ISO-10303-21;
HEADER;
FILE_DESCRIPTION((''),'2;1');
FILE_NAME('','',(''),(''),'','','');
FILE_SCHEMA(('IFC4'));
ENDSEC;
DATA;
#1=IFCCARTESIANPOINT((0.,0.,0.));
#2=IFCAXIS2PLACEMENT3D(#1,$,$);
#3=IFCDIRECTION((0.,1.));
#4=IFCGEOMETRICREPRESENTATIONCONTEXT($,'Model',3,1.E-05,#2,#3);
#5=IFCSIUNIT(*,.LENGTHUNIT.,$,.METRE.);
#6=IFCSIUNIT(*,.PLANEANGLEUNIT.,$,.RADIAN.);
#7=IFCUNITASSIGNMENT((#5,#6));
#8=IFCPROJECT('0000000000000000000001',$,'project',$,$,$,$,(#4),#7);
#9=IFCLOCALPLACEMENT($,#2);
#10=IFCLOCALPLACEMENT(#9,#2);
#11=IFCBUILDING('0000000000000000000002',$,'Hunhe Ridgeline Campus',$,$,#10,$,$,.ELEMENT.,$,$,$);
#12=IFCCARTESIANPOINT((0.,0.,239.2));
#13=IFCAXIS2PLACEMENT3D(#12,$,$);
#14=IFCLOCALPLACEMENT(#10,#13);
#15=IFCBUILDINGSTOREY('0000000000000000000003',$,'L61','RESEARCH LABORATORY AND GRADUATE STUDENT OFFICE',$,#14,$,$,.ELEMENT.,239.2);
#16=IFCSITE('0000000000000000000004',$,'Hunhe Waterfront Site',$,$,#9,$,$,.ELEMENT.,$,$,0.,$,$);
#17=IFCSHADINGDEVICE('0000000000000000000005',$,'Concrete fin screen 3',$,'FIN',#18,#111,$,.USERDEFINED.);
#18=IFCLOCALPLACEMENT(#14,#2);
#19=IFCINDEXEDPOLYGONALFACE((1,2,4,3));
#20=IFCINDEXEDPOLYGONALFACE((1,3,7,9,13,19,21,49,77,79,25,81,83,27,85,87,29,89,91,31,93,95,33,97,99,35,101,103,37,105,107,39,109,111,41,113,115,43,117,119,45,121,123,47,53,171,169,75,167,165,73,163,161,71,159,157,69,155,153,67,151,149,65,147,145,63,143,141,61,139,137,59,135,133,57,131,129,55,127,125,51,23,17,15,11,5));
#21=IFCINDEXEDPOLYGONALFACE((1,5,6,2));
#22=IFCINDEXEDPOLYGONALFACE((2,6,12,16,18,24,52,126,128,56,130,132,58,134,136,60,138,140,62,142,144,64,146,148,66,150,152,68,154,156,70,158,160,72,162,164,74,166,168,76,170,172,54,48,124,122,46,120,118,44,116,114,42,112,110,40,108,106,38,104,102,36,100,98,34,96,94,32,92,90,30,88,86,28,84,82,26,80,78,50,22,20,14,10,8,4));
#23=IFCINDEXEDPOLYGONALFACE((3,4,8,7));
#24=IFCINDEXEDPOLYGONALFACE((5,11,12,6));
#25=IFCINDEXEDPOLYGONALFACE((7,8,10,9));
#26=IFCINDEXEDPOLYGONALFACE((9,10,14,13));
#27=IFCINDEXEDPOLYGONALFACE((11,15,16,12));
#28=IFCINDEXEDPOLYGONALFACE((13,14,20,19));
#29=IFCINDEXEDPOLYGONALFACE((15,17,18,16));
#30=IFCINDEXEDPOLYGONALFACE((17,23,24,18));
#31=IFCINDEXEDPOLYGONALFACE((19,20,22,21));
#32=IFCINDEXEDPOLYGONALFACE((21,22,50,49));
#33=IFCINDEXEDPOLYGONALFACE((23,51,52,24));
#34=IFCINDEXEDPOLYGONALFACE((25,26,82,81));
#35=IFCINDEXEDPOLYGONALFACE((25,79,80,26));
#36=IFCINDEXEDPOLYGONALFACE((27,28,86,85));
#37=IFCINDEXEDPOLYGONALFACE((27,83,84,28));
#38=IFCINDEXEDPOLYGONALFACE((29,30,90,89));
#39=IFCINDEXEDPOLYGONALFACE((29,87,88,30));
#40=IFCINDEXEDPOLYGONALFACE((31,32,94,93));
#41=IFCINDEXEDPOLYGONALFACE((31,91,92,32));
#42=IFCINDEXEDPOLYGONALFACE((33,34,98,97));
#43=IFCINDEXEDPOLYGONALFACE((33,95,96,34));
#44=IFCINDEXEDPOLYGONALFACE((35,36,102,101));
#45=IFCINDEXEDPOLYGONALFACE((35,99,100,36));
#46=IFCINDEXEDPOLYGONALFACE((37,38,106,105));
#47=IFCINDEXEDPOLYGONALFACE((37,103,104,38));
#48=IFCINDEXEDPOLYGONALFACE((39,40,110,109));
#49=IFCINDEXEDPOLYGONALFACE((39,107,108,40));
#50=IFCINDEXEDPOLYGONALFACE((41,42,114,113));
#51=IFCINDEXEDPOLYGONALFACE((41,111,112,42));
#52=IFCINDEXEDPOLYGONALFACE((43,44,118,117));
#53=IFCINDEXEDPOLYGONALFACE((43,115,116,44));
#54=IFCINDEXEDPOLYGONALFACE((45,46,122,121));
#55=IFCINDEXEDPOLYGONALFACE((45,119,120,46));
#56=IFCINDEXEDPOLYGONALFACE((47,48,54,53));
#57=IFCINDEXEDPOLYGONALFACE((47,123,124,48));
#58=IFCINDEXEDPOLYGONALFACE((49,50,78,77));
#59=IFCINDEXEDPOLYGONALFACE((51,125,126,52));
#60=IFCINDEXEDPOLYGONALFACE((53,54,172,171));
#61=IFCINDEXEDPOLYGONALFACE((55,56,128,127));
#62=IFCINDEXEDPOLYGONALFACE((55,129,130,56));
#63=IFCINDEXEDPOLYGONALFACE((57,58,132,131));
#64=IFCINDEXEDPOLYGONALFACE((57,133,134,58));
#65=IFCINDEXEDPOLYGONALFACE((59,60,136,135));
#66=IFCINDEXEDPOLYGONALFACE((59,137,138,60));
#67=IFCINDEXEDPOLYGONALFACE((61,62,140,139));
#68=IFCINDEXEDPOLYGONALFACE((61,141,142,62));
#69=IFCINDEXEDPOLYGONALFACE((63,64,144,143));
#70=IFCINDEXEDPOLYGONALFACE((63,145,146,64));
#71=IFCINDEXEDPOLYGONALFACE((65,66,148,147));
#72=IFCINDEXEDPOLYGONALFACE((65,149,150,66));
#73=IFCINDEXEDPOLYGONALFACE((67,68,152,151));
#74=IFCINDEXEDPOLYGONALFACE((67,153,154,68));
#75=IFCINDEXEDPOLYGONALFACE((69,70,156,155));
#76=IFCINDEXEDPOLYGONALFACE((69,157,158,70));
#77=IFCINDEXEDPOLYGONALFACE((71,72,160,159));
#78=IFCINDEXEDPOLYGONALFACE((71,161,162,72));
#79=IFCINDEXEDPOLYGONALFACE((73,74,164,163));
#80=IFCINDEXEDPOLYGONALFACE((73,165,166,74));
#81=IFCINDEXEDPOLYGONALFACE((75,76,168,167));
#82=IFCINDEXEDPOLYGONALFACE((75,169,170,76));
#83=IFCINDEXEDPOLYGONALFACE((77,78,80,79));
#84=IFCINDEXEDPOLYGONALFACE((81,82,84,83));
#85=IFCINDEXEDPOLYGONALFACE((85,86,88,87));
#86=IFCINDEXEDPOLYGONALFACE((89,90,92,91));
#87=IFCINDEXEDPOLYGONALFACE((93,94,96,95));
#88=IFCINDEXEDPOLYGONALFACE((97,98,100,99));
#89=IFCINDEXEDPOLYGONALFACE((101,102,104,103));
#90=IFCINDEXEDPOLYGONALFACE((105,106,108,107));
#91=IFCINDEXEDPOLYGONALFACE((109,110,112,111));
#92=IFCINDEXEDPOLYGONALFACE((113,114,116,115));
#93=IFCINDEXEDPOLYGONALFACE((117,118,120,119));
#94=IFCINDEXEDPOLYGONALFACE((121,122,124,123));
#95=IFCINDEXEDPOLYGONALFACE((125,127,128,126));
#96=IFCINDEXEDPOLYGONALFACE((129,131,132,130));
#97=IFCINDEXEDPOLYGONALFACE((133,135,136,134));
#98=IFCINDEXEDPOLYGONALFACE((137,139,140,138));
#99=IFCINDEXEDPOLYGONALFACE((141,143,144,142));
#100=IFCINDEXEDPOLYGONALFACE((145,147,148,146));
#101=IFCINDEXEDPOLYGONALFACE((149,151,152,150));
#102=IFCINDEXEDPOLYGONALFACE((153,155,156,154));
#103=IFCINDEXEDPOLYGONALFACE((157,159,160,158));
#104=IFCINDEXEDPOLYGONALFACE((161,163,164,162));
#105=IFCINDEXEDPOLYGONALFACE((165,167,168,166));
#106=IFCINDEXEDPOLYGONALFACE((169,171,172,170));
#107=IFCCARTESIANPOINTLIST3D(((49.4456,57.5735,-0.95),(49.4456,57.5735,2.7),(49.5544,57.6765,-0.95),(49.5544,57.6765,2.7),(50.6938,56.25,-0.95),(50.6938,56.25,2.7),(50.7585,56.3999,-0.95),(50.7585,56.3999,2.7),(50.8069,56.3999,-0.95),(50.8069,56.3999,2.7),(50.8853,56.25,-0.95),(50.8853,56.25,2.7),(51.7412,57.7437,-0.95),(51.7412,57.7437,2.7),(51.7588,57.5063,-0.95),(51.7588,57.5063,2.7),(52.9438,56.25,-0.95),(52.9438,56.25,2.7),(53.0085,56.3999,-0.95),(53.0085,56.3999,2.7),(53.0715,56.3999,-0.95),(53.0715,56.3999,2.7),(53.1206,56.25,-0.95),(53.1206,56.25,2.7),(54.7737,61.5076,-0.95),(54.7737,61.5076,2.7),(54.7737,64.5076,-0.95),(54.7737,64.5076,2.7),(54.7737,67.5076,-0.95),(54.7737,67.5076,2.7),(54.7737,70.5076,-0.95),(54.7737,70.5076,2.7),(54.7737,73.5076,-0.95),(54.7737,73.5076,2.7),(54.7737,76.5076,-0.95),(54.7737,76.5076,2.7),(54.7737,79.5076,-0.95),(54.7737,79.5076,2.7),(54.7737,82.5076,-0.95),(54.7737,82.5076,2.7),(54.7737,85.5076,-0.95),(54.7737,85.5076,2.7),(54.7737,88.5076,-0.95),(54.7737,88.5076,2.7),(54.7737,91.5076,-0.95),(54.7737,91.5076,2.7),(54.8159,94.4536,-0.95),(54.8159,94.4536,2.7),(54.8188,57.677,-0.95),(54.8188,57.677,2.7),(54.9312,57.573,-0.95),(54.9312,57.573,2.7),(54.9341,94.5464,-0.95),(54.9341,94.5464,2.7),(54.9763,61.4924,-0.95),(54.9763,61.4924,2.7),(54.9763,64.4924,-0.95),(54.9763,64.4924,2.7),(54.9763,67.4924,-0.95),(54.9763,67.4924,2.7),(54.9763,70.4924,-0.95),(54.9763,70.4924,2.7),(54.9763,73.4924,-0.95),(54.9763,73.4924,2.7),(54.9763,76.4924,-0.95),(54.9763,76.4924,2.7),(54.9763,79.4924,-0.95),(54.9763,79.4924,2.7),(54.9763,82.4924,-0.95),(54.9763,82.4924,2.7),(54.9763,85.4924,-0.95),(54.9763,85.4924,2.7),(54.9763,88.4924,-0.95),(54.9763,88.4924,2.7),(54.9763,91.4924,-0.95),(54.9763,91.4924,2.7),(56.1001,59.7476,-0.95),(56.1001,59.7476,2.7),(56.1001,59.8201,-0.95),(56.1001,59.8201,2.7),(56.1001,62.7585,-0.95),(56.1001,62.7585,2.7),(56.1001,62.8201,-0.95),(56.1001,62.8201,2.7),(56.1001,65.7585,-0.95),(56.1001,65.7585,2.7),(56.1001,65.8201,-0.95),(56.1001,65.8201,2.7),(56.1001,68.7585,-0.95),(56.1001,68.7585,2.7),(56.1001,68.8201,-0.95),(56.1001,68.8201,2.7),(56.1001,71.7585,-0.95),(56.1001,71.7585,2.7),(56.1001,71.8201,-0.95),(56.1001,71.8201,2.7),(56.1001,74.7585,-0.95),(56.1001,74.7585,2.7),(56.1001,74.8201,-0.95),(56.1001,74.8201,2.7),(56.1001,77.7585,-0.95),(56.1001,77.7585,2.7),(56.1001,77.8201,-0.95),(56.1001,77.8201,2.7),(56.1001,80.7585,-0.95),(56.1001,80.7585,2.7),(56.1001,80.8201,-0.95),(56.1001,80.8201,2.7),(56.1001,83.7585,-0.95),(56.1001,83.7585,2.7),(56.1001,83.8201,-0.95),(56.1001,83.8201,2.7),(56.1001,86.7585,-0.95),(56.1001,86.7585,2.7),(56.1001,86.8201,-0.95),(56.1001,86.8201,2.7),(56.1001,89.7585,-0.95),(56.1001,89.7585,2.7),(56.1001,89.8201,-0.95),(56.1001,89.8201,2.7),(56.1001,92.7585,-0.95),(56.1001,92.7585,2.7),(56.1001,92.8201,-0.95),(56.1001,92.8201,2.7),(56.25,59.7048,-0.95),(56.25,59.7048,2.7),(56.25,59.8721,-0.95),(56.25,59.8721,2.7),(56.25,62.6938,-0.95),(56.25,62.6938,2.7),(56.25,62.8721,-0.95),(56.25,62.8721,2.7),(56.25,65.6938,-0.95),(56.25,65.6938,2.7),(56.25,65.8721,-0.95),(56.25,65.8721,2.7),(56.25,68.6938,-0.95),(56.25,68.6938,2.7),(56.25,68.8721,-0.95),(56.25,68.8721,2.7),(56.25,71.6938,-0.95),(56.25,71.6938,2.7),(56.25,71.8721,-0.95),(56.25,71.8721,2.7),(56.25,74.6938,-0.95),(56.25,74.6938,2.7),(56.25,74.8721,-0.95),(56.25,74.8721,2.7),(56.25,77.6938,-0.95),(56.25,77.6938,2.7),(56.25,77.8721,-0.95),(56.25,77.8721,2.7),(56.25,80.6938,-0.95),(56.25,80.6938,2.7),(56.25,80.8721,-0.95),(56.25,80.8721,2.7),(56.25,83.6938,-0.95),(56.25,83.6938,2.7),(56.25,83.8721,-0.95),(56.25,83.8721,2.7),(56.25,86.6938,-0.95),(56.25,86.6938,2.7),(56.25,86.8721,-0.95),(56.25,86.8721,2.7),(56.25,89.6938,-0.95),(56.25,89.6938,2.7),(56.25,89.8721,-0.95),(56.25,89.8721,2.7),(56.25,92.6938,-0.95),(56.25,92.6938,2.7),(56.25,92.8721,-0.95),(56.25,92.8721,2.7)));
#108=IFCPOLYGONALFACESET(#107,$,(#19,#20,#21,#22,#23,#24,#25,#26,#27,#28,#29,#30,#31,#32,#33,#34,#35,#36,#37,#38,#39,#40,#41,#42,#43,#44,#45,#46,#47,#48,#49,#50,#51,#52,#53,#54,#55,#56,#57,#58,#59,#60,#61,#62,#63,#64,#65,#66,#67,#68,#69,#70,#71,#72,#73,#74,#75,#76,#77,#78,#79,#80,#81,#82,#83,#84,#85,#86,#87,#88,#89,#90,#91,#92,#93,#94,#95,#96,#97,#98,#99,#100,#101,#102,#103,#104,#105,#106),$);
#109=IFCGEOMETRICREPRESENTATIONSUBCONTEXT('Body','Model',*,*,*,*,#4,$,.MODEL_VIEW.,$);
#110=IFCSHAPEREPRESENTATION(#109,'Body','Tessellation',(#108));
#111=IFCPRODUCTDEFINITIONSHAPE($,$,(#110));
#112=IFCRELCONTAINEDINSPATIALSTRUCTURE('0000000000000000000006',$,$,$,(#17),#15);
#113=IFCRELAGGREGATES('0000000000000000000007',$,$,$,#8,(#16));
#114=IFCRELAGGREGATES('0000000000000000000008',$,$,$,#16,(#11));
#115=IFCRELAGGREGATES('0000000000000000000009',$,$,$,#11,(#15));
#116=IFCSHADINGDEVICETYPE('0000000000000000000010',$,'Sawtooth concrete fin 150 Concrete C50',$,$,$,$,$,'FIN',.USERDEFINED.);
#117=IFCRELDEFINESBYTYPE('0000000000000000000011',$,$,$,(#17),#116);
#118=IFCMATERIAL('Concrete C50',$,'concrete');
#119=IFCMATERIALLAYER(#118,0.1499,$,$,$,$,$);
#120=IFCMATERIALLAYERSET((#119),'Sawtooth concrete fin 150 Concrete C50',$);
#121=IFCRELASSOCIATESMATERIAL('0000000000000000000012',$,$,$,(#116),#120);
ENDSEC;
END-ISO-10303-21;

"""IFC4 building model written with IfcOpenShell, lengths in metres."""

from ifc_helpers import new_model, si_unit, direction, frame, origin, place, context, subcontext, project, spatial, polyline, outline, extrude, material, layer, layer_set, type_object, element, save


model = new_model("IFC4")

# Units and contexts
model_context = context("Model", 3, precision=1e-05, world=origin(), true_north=direction((0.0, 1.0)))
body_context = subcontext(model_context, "Body", "Model", "MODEL_VIEW")
ifc_project = project(units=[si_unit("LENGTHUNIT", "METRE"), si_unit("PLANEANGLEUNIT", "RADIAN")], contexts=[model_context])

# Site, building, storey
site_placement = place(None, origin())
site = spatial("IfcSite", under=ifc_project, at=site_placement, Name="Hunhe Waterfront Site", CompositionType="ELEMENT", RefElevation=0.0)
building_placement = place(site_placement, origin())
building = spatial("IfcBuilding", under=site, at=building_placement, Name="Hunhe Ridgeline Campus", CompositionType="ELEMENT")
storey_placement = place(building_placement, frame((0.0, 0.0, 239.2)))
storey = spatial("IfcBuildingStorey", under=building, at=storey_placement, Name="L61", Description="RESEARCH LABORATORY AND GRADUATE STUDENT OFFICE", CompositionType="ELEMENT", Elevation=239.2)

# Shared definitions
ifc_material_1 = material(Name="Concrete C50", Category="concrete")

# Shading device
ifc_layer_1 = layer(ifc_material_1, 0.1499)
ifc_layer_set_1 = layer_set([ifc_layer_1], Name="Sawtooth concrete fin 150 Concrete C50")
shading_device_type = type_object("IfcShadingDeviceType", Name="Sawtooth concrete fin 150 Concrete C50", ElementType="FIN", PredefinedType="USERDEFINED", material=ifc_layer_set_1)
shading_device_1_placement = place(storey_placement, frame((0.0, 0.0, -0.95)))
element("IfcShadingDevice", 1, at=shading_device_1_placement, inside=storey, type_object=shading_device_type, Name="Concrete fin screen 3", ObjectType="FIN", PredefinedType="USERDEFINED", context=body_context, shape_type="SweptSolid", body=[
    extrude(outline(polyline([(49.5544, 57.6765), (49.4456, 57.5735), (50.6938, 56.25), (50.8853, 56.25), (51.7588, 57.5063), (52.9438, 56.25), (53.1206, 56.25), (54.9312, 57.573), (56.25, 59.7048), (56.25, 59.8721), (54.9763, 61.4924), (56.25, 62.6938), (56.25, 62.8721), (54.9763, 64.4924), (56.25, 65.6938), (56.25, 65.8721), (54.9763, 67.4924), (56.25, 68.6938), (56.25, 68.8721), (54.9763, 70.4924), (56.25, 71.6938), (56.25, 71.8721), (54.9763, 73.4924), (56.25, 74.6938), (56.25, 74.8721), (54.9763, 76.4924), (56.25, 77.6938), (56.25, 77.8721), (54.9763, 79.4924), (56.25, 80.6938), (56.25, 80.8721), (54.9763, 82.4924), (56.25, 83.6938), (56.25, 83.8721), (54.9763, 85.4924), (56.25, 86.6938), (56.25, 86.8721), (54.9763, 88.4924), (56.25, 89.6938), (56.25, 89.8721), (54.9763, 91.4924), (56.25, 92.6938), (56.25, 92.8721), (54.9341, 94.5464), (54.8159, 94.4536), (56.1001, 92.8201), (56.1001, 92.7585), (54.7737, 91.5076), (56.1001, 89.8201), (56.1001, 89.7585), (54.7737, 88.5076), (56.1001, 86.8201), (56.1001, 86.7585), (54.7737, 85.5076), (56.1001, 83.8201), (56.1001, 83.7585), (54.7737, 82.5076), (56.1001, 80.8201), (56.1001, 80.7585), (54.7737, 79.5076), (56.1001, 77.8201), (56.1001, 77.7585), (54.7737, 76.5076), (56.1001, 74.8201), (56.1001, 74.7585), (54.7737, 73.5076), (56.1001, 71.8201), (56.1001, 71.7585), (54.7737, 70.5076), (56.1001, 68.8201), (56.1001, 68.7585), (54.7737, 67.5076), (56.1001, 65.8201), (56.1001, 65.7585), (54.7737, 64.5076), (56.1001, 62.8201), (56.1001, 62.7585), (54.7737, 61.5076), (56.1001, 59.8201), (56.1001, 59.7476), (54.8188, 57.677), (53.0715, 56.3999), (53.0085, 56.3999), (51.7412, 57.7437), (50.8069, 56.3999), (50.7585, 56.3999), (49.5544, 57.6765)])), origin(), (0.0, 0.0, 1.0), 3.6499),
])

save(model, "model.ifc")
